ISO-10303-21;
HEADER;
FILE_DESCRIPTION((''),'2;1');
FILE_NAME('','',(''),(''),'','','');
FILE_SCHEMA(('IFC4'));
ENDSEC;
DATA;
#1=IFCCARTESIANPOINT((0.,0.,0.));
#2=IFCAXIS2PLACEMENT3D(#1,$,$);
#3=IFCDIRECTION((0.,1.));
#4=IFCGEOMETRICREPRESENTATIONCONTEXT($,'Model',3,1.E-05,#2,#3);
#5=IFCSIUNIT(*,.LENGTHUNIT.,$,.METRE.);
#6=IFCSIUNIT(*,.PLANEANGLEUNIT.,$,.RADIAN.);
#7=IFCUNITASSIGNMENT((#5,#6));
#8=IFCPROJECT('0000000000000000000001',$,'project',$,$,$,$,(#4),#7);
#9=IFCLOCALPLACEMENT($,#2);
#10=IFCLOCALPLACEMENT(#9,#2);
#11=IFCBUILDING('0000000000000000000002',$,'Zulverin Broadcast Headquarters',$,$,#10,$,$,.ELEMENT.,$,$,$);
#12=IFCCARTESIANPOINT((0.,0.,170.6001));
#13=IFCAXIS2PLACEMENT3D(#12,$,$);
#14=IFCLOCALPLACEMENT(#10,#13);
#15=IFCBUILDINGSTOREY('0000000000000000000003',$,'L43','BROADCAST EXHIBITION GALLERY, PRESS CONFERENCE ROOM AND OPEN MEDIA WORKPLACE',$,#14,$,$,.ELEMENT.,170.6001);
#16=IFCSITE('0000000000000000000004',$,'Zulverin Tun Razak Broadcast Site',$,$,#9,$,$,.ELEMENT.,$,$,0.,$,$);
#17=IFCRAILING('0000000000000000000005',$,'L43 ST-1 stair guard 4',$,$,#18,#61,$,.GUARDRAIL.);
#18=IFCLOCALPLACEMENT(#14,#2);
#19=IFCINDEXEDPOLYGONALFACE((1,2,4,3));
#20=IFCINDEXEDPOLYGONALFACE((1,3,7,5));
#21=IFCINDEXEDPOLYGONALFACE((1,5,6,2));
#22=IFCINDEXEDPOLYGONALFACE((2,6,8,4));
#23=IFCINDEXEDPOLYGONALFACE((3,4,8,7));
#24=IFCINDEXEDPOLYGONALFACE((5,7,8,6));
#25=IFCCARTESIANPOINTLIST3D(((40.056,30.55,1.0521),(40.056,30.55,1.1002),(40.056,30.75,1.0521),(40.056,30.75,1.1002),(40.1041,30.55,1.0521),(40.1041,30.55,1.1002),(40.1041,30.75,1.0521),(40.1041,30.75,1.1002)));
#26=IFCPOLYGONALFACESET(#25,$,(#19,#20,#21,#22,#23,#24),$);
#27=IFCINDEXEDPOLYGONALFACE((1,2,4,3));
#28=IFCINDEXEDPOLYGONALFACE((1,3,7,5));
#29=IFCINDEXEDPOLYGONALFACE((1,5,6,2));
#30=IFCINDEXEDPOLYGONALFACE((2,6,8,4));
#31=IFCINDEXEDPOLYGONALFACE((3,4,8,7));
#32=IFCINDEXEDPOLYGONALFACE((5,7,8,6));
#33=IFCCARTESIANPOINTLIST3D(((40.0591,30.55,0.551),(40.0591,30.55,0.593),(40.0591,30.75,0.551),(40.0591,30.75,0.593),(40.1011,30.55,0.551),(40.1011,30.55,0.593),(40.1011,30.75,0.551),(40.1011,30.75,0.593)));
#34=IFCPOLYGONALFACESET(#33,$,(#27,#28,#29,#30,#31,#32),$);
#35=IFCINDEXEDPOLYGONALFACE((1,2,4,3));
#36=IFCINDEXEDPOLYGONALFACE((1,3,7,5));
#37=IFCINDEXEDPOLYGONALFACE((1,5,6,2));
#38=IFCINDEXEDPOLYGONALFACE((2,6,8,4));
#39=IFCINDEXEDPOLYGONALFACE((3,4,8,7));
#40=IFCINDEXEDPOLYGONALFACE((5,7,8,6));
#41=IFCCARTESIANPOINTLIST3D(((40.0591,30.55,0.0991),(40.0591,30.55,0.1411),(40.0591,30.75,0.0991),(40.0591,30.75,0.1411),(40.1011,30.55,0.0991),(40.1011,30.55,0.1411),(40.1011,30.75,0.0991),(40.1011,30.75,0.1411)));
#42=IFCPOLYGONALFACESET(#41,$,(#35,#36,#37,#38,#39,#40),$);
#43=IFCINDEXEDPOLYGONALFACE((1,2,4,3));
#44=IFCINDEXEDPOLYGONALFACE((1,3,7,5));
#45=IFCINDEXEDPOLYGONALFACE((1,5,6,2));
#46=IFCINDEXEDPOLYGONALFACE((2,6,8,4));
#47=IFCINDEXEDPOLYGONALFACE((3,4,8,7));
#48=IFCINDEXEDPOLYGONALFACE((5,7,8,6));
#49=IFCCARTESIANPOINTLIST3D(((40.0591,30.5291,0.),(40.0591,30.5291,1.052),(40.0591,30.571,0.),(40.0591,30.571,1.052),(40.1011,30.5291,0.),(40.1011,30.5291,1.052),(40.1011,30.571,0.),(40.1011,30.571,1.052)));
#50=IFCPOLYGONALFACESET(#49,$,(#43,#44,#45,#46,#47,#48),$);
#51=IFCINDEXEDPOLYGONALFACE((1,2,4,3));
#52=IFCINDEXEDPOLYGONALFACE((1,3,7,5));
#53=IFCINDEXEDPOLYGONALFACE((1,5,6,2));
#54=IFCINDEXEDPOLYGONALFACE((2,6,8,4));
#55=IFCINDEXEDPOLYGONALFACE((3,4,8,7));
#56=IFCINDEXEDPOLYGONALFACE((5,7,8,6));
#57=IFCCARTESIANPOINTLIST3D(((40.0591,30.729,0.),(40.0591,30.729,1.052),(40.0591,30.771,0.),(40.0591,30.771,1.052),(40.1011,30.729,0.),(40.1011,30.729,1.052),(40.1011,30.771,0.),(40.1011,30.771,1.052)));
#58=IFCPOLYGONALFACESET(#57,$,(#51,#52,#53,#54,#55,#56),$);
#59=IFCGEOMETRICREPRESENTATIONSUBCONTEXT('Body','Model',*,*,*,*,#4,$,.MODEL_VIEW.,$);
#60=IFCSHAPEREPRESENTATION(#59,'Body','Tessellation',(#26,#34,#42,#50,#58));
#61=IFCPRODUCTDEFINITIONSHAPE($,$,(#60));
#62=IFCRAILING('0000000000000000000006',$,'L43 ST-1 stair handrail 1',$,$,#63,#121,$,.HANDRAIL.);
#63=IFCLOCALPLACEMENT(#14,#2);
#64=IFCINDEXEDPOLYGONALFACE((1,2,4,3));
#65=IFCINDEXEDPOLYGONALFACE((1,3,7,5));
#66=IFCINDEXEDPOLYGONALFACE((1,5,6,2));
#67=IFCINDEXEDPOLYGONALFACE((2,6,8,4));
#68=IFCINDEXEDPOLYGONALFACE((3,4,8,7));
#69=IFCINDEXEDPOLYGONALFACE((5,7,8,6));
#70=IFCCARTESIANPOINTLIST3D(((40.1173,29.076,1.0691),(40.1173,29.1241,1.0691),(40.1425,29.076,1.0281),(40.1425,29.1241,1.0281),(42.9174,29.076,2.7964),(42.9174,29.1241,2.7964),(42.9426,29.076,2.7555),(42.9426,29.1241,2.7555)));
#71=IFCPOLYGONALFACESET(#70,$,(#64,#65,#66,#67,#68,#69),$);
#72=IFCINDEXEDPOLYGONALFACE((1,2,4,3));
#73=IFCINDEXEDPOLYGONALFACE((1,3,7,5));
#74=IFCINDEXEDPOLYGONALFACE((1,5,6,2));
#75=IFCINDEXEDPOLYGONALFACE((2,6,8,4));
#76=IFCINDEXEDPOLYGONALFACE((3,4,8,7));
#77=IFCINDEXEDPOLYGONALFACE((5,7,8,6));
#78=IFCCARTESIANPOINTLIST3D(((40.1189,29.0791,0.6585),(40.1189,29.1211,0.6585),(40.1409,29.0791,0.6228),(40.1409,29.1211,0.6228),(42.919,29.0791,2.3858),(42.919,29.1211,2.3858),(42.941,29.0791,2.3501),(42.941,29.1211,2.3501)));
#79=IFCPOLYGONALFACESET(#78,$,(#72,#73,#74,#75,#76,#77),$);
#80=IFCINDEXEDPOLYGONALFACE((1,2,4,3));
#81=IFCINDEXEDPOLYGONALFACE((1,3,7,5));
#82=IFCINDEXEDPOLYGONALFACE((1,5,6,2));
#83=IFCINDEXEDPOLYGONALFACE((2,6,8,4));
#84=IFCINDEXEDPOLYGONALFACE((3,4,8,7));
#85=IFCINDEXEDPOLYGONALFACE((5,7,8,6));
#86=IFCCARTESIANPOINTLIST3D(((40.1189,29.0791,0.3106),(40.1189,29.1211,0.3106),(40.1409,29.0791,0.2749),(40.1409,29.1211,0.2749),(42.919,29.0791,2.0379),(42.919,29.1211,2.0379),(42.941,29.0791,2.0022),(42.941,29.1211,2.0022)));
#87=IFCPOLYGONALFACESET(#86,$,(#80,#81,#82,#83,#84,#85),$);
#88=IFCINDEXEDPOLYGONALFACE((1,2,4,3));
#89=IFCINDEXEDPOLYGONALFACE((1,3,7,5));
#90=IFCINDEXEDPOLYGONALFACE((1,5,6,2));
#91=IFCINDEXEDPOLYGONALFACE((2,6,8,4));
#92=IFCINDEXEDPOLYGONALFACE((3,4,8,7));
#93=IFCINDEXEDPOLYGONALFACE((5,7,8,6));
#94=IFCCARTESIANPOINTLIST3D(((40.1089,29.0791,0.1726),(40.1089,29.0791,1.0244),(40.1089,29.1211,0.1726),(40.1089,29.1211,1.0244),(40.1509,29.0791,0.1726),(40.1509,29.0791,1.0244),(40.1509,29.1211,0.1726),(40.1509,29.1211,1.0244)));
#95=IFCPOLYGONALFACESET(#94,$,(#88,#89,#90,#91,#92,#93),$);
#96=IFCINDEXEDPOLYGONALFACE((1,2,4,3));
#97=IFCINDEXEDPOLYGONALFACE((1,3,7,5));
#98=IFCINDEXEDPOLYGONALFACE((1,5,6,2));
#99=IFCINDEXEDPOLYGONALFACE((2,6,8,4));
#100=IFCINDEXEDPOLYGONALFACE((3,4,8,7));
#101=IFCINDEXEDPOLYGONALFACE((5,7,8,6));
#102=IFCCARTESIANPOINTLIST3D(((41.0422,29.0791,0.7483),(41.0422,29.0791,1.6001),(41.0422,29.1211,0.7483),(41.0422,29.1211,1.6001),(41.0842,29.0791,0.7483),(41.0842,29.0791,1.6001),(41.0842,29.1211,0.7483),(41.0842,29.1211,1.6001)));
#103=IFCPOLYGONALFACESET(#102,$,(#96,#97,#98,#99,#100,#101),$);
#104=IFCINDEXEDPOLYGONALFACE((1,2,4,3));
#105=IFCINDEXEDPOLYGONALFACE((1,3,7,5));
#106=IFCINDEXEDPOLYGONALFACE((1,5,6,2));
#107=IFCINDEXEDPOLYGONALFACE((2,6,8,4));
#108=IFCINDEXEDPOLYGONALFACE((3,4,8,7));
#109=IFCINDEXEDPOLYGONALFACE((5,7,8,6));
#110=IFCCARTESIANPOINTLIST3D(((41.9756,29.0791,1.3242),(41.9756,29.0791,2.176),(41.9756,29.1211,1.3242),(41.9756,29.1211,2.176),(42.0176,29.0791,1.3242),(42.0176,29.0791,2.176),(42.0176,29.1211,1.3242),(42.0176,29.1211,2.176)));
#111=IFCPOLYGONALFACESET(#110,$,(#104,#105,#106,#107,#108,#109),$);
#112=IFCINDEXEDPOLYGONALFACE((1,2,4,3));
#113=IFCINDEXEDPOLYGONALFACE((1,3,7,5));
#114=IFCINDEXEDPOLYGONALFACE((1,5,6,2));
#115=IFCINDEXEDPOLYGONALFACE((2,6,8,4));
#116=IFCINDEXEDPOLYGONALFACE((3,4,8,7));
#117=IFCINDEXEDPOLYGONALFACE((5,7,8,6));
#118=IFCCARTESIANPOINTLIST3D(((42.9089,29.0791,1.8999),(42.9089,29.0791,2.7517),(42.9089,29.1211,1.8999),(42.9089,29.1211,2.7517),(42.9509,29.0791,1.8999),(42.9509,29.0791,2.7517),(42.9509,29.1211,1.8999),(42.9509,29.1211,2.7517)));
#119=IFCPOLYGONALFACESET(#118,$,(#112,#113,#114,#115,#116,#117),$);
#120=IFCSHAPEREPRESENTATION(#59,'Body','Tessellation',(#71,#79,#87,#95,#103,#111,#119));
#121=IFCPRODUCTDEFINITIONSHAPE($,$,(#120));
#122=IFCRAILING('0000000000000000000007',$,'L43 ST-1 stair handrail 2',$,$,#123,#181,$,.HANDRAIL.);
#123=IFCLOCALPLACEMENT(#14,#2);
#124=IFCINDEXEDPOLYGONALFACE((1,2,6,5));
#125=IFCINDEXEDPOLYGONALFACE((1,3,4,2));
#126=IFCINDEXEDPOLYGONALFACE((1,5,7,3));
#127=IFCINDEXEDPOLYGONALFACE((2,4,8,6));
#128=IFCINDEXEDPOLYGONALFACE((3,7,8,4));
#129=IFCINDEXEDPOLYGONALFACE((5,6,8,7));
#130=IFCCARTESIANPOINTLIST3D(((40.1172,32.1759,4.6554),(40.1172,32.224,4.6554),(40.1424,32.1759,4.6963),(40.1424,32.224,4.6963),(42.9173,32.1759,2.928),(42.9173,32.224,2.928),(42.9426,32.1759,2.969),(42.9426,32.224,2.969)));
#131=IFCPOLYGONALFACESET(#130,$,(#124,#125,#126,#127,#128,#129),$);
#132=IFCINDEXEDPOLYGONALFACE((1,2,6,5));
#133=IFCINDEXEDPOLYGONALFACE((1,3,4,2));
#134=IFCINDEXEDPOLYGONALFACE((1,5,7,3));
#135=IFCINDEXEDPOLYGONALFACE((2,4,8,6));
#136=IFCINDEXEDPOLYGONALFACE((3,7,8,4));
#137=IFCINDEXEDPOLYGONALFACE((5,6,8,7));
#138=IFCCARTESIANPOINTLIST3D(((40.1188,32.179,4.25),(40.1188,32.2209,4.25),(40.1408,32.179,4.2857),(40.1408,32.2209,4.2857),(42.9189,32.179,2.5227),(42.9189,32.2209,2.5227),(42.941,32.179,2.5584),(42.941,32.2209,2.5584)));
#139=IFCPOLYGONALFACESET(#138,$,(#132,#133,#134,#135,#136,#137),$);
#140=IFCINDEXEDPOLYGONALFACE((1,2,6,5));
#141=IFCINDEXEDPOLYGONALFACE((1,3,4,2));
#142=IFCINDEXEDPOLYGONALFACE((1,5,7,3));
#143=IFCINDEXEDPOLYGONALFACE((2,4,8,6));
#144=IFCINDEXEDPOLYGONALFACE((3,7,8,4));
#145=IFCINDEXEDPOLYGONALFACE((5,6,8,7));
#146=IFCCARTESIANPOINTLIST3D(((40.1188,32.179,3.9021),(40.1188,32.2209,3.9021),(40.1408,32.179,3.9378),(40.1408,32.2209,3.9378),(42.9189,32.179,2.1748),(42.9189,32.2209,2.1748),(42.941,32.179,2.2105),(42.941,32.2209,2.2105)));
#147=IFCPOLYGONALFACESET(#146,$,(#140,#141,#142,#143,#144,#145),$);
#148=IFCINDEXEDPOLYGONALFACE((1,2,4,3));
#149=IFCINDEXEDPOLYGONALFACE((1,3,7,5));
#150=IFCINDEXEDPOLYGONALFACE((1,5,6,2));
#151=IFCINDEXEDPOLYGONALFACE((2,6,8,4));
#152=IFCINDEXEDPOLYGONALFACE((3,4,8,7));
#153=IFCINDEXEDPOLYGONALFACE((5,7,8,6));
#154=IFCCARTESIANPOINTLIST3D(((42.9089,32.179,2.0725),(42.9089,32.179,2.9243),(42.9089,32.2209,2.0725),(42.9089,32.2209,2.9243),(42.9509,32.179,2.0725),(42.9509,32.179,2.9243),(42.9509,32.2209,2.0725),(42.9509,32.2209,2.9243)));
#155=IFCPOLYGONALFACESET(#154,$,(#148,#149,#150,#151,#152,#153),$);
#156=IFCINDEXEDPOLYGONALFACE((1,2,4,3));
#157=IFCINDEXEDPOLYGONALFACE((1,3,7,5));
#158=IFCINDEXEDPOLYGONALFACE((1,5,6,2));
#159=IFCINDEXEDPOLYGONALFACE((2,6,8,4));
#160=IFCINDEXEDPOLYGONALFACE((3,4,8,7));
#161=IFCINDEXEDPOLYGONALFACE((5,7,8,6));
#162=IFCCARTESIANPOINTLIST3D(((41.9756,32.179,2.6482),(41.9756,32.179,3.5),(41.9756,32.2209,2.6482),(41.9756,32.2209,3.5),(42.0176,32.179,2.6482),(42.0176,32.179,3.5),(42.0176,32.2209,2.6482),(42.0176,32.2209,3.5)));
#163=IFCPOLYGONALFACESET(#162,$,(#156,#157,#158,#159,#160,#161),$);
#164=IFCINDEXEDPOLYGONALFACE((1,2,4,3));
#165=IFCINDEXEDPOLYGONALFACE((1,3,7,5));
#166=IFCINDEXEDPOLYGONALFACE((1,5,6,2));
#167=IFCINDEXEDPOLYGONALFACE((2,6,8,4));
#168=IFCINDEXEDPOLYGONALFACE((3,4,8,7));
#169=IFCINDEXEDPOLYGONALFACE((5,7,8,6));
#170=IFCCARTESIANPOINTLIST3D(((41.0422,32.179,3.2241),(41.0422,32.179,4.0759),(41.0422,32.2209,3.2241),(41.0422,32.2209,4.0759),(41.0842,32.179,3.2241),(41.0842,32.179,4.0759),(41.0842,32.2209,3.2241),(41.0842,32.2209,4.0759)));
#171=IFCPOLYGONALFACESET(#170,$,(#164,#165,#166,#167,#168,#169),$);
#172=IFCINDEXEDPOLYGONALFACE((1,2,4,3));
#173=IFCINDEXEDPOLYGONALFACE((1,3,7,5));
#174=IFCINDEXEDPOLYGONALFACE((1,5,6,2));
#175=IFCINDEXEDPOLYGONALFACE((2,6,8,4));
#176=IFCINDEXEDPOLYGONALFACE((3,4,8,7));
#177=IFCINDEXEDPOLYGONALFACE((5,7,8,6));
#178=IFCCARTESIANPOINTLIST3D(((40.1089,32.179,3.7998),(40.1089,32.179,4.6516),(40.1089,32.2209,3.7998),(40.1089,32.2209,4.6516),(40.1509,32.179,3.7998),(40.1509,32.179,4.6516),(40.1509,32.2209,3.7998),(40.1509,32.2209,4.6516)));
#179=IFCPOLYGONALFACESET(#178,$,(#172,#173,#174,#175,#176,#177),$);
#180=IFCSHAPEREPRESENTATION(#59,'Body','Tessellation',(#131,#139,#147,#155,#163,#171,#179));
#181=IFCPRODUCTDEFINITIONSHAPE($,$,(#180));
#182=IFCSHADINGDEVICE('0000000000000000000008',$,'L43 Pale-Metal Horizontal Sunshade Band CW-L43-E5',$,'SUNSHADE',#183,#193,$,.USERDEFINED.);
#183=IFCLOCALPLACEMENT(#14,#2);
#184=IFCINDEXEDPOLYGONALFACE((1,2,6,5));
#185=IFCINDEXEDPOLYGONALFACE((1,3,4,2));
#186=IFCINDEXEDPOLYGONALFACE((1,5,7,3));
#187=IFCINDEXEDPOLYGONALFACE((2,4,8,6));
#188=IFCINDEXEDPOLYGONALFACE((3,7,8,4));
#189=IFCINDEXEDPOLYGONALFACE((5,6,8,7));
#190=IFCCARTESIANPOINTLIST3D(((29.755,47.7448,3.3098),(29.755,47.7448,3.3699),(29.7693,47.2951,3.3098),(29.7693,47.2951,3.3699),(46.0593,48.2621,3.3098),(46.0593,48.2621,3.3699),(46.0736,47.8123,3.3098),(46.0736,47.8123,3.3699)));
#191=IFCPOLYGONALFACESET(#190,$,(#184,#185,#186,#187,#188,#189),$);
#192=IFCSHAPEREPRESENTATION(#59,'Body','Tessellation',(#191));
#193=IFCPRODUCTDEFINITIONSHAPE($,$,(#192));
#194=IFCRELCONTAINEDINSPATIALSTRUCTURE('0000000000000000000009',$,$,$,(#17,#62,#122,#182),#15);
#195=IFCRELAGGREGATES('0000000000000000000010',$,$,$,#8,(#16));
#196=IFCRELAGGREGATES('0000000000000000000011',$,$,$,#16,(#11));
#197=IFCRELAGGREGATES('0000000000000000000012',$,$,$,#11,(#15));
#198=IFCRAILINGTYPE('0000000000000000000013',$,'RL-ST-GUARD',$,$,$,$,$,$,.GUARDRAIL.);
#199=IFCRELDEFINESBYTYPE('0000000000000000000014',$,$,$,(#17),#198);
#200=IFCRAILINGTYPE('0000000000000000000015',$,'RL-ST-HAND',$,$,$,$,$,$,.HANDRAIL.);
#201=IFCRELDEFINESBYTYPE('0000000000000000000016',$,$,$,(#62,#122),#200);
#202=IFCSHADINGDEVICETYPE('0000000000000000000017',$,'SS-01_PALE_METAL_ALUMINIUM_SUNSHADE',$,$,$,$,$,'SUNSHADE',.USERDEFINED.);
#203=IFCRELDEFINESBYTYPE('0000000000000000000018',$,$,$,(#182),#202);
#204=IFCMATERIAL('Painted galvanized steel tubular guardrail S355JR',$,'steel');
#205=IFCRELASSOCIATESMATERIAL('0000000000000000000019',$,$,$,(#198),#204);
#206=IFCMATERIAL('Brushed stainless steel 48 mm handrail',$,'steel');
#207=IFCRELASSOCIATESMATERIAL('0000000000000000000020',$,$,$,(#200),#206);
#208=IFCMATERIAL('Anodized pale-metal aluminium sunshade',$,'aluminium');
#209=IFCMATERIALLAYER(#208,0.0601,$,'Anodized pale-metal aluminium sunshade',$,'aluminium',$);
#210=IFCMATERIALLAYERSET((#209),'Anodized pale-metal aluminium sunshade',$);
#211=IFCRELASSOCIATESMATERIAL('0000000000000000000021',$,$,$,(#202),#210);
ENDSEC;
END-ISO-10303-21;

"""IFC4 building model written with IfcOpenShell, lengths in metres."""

from ifc_helpers import new_model, si_unit, direction, frame, origin, origin_2d, place, context, subcontext, project, spatial, rectangle, extrude, material, layer, layer_set, type_object, element, save


model = new_model("IFC4")

# Units and contexts
model_context = context("Model", 3, precision=1e-05, world=origin(), true_north=direction((0.0, 1.0)))
body_context = subcontext(model_context, "Body", "Model", "MODEL_VIEW")
ifc_project = project(units=[si_unit("LENGTHUNIT", "METRE"), si_unit("PLANEANGLEUNIT", "RADIAN")], contexts=[model_context])

# Site, building, storey
site_placement = place(None, origin())
site = spatial("IfcSite", under=ifc_project, at=site_placement, Name="Zulverin Tun Razak Broadcast Site", CompositionType="ELEMENT", RefElevation=0.0)
building_placement = place(site_placement, origin())
building = spatial("IfcBuilding", under=site, at=building_placement, Name="Zulverin Broadcast Headquarters", CompositionType="ELEMENT")
storey_placement = place(building_placement, frame((0.0, 0.0, 170.6001)))
storey = spatial("IfcBuildingStorey", under=building, at=storey_placement, Name="L43", Description="BROADCAST EXHIBITION GALLERY, PRESS CONFERENCE ROOM AND OPEN MEDIA WORKPLACE", CompositionType="ELEMENT", Elevation=170.6001)

# Railings
ifc_material_1 = material(Name="Painted galvanized steel tubular guardrail S355JR", Category="steel")
railing_type_1 = type_object("IfcRailingType", Name="RL-ST-GUARD", PredefinedType="GUARDRAIL", material=ifc_material_1)
railing_1_placement = place(storey_placement, frame((40.0801, 30.55, 0.0)))
element("IfcRailing", 1, at=railing_1_placement, inside=storey, type_object=railing_type_1, Name="L43 ST-1 stair guard 4", PredefinedType="GUARDRAIL", context=body_context, shape_type="SweptSolid", body=[
    extrude(rectangle(XDim=0.0481, YDim=0.0481, at=origin_2d()), frame((0.0, 0.0, 1.0762), z_axis=(0.0, 1.0, 0.0), x_axis=(-1.0, 0.0, 0.0)), (0.0, 0.0, 1.0), 0.2),
    extrude(rectangle(XDim=0.042, YDim=0.042, at=origin_2d()), frame((0.0, 0.0, 0.572), z_axis=(0.0, 1.0, 0.0), x_axis=(-1.0, 0.0, 0.0)), (0.0, 0.0, 1.0), 0.2),
    extrude(rectangle(XDim=0.042, YDim=0.042, at=origin_2d()), frame((0.0, 0.0, 0.1201), z_axis=(0.0, 1.0, 0.0), x_axis=(-1.0, 0.0, 0.0)), (0.0, 0.0, 1.0), 0.2),
    extrude(rectangle(XDim=0.042, YDim=0.042, at=origin_2d()), origin(), (0.0, 0.0, 1.0), 1.052),
    extrude(rectangle(XDim=0.042, YDim=0.042, at=origin_2d()), frame((0.0, 0.2, 0.0)), (0.0, 0.0, 1.0), 1.052),
])
ifc_material_2 = material(Name="Brushed stainless steel 48 mm handrail", Category="steel")
railing_type_2 = type_object("IfcRailingType", Name="RL-ST-HAND", PredefinedType="HANDRAIL", material=ifc_material_2)
railing_2_placement = place(storey_placement, frame((40.1299, 29.1001, 0.1726)))
element("IfcRailing", 2, at=railing_2_placement, inside=storey, type_object=railing_type_2, Name="L43 ST-1 stair handrail 1", PredefinedType="HANDRAIL", context=body_context, shape_type="SweptSolid", body=[
    extrude(rectangle(XDim=0.0481, YDim=0.0481, at=origin_2d()), frame((0.0, 0.0, 0.876), z_axis=(0.85109, 0.0, 0.52502), x_axis=(0.0, 1.0, 0.0)), (0.0, 0.0, 1.0), 3.29),
    extrude(rectangle(XDim=0.042, YDim=0.042, at=origin_2d()), frame((0.0, 0.0, 0.468), z_axis=(0.85109, 0.0, 0.52502), x_axis=(0.0, 1.0, 0.0)), (0.0, 0.0, 1.0), 3.29),
    extrude(rectangle(XDim=0.042, YDim=0.042, at=origin_2d()), frame((0.0, 0.0, 0.1201), z_axis=(0.85109, 0.0, 0.52502), x_axis=(0.0, 1.0, 0.0)), (0.0, 0.0, 1.0), 3.29),
    extrude(rectangle(XDim=0.042, YDim=0.042, at=origin_2d()), origin(), (0.0, 0.0, 1.0), 0.8518),
    extrude(rectangle(XDim=0.042, YDim=0.042, at=origin_2d()), frame((0.9333, 0.0, 0.5757)), (0.0, 0.0, 1.0), 0.8518),
    extrude(rectangle(XDim=0.042, YDim=0.042, at=origin_2d()), frame((1.8667, 0.0, 1.1516)), (0.0, 0.0, 1.0), 0.8518),
    extrude(rectangle(XDim=0.042, YDim=0.042, at=origin_2d()), frame((2.8, 0.0, 1.7273)), (0.0, 0.0, 1.0), 0.8518),
])
railing_3_placement = place(storey_placement, frame((42.9299, 32.2, 2.0725)))
element("IfcRailing", 3, at=railing_3_placement, inside=storey, type_object=railing_type_2, Name="L43 ST-1 stair handrail 2", PredefinedType="HANDRAIL", context=body_context, shape_type="SweptSolid", body=[
    extrude(rectangle(XDim=0.0481, YDim=0.0481, at=origin_2d()), frame((0.0, 0.0, 0.876), z_axis=(-0.85109, 0.0, 0.52502), x_axis=(0.0, -1.0, 0.0)), (0.0, 0.0, 1.0), 3.29),
    extrude(rectangle(XDim=0.042, YDim=0.042, at=origin_2d()), frame((0.0, 0.0, 0.468), z_axis=(-0.85109, 0.0, 0.52502), x_axis=(0.0, -1.0, 0.0)), (0.0, 0.0, 1.0), 3.29),
    extrude(rectangle(XDim=0.042, YDim=0.042, at=origin_2d()), frame((0.0, 0.0, 0.1201), z_axis=(-0.85109, 0.0, 0.52502), x_axis=(0.0, -1.0, 0.0)), (0.0, 0.0, 1.0), 3.29),
    extrude(rectangle(XDim=0.042, YDim=0.042, at=origin_2d()), origin(), (0.0, 0.0, 1.0), 0.8518),
    extrude(rectangle(XDim=0.042, YDim=0.042, at=origin_2d()), frame((-0.9333, 0.0, 0.5757)), (0.0, 0.0, 1.0), 0.8518),
    extrude(rectangle(XDim=0.042, YDim=0.042, at=origin_2d()), frame((-1.8667, 0.0, 1.1516)), (0.0, 0.0, 1.0), 0.8518),
    extrude(rectangle(XDim=0.042, YDim=0.042, at=origin_2d()), frame((-2.8, 0.0, 1.7273)), (0.0, 0.0, 1.0), 0.8518),
])

# Shading device
ifc_material_3 = material(Name="Anodized pale-metal aluminium sunshade", Category="aluminium")
ifc_layer_1 = layer(ifc_material_3, 0.0601, Name="Anodized pale-metal aluminium sunshade", Category="aluminium")
ifc_layer_set_1 = layer_set([ifc_layer_1], Name="Anodized pale-metal aluminium sunshade")
shading_device_type = type_object("IfcShadingDeviceType", Name="SS-01_PALE_METAL_ALUMINIUM_SUNSHADE", ElementType="SUNSHADE", PredefinedType="USERDEFINED", material=ifc_layer_set_1)
shading_device_placement = place(storey_placement, frame((37.9143, 47.7786, 3.3098), z_axis=(0.0, 0.0, 1.0), x_axis=(-0.999497, -0.031709, 0.0)))
element("IfcShadingDevice", 4, at=shading_device_placement, inside=storey, type_object=shading_device_type, Name="L43 Pale-Metal Horizontal Sunshade Band CW-L43-E5", ObjectType="SUNSHADE", PredefinedType="USERDEFINED", context=body_context, shape_type="SweptSolid", body=[
    extrude(rectangle(XDim=16.3125, YDim=0.45, at=origin_2d()), origin(), (0.0, 0.0, 1.0), 0.0601),
])

save(model, "model.ifc")
